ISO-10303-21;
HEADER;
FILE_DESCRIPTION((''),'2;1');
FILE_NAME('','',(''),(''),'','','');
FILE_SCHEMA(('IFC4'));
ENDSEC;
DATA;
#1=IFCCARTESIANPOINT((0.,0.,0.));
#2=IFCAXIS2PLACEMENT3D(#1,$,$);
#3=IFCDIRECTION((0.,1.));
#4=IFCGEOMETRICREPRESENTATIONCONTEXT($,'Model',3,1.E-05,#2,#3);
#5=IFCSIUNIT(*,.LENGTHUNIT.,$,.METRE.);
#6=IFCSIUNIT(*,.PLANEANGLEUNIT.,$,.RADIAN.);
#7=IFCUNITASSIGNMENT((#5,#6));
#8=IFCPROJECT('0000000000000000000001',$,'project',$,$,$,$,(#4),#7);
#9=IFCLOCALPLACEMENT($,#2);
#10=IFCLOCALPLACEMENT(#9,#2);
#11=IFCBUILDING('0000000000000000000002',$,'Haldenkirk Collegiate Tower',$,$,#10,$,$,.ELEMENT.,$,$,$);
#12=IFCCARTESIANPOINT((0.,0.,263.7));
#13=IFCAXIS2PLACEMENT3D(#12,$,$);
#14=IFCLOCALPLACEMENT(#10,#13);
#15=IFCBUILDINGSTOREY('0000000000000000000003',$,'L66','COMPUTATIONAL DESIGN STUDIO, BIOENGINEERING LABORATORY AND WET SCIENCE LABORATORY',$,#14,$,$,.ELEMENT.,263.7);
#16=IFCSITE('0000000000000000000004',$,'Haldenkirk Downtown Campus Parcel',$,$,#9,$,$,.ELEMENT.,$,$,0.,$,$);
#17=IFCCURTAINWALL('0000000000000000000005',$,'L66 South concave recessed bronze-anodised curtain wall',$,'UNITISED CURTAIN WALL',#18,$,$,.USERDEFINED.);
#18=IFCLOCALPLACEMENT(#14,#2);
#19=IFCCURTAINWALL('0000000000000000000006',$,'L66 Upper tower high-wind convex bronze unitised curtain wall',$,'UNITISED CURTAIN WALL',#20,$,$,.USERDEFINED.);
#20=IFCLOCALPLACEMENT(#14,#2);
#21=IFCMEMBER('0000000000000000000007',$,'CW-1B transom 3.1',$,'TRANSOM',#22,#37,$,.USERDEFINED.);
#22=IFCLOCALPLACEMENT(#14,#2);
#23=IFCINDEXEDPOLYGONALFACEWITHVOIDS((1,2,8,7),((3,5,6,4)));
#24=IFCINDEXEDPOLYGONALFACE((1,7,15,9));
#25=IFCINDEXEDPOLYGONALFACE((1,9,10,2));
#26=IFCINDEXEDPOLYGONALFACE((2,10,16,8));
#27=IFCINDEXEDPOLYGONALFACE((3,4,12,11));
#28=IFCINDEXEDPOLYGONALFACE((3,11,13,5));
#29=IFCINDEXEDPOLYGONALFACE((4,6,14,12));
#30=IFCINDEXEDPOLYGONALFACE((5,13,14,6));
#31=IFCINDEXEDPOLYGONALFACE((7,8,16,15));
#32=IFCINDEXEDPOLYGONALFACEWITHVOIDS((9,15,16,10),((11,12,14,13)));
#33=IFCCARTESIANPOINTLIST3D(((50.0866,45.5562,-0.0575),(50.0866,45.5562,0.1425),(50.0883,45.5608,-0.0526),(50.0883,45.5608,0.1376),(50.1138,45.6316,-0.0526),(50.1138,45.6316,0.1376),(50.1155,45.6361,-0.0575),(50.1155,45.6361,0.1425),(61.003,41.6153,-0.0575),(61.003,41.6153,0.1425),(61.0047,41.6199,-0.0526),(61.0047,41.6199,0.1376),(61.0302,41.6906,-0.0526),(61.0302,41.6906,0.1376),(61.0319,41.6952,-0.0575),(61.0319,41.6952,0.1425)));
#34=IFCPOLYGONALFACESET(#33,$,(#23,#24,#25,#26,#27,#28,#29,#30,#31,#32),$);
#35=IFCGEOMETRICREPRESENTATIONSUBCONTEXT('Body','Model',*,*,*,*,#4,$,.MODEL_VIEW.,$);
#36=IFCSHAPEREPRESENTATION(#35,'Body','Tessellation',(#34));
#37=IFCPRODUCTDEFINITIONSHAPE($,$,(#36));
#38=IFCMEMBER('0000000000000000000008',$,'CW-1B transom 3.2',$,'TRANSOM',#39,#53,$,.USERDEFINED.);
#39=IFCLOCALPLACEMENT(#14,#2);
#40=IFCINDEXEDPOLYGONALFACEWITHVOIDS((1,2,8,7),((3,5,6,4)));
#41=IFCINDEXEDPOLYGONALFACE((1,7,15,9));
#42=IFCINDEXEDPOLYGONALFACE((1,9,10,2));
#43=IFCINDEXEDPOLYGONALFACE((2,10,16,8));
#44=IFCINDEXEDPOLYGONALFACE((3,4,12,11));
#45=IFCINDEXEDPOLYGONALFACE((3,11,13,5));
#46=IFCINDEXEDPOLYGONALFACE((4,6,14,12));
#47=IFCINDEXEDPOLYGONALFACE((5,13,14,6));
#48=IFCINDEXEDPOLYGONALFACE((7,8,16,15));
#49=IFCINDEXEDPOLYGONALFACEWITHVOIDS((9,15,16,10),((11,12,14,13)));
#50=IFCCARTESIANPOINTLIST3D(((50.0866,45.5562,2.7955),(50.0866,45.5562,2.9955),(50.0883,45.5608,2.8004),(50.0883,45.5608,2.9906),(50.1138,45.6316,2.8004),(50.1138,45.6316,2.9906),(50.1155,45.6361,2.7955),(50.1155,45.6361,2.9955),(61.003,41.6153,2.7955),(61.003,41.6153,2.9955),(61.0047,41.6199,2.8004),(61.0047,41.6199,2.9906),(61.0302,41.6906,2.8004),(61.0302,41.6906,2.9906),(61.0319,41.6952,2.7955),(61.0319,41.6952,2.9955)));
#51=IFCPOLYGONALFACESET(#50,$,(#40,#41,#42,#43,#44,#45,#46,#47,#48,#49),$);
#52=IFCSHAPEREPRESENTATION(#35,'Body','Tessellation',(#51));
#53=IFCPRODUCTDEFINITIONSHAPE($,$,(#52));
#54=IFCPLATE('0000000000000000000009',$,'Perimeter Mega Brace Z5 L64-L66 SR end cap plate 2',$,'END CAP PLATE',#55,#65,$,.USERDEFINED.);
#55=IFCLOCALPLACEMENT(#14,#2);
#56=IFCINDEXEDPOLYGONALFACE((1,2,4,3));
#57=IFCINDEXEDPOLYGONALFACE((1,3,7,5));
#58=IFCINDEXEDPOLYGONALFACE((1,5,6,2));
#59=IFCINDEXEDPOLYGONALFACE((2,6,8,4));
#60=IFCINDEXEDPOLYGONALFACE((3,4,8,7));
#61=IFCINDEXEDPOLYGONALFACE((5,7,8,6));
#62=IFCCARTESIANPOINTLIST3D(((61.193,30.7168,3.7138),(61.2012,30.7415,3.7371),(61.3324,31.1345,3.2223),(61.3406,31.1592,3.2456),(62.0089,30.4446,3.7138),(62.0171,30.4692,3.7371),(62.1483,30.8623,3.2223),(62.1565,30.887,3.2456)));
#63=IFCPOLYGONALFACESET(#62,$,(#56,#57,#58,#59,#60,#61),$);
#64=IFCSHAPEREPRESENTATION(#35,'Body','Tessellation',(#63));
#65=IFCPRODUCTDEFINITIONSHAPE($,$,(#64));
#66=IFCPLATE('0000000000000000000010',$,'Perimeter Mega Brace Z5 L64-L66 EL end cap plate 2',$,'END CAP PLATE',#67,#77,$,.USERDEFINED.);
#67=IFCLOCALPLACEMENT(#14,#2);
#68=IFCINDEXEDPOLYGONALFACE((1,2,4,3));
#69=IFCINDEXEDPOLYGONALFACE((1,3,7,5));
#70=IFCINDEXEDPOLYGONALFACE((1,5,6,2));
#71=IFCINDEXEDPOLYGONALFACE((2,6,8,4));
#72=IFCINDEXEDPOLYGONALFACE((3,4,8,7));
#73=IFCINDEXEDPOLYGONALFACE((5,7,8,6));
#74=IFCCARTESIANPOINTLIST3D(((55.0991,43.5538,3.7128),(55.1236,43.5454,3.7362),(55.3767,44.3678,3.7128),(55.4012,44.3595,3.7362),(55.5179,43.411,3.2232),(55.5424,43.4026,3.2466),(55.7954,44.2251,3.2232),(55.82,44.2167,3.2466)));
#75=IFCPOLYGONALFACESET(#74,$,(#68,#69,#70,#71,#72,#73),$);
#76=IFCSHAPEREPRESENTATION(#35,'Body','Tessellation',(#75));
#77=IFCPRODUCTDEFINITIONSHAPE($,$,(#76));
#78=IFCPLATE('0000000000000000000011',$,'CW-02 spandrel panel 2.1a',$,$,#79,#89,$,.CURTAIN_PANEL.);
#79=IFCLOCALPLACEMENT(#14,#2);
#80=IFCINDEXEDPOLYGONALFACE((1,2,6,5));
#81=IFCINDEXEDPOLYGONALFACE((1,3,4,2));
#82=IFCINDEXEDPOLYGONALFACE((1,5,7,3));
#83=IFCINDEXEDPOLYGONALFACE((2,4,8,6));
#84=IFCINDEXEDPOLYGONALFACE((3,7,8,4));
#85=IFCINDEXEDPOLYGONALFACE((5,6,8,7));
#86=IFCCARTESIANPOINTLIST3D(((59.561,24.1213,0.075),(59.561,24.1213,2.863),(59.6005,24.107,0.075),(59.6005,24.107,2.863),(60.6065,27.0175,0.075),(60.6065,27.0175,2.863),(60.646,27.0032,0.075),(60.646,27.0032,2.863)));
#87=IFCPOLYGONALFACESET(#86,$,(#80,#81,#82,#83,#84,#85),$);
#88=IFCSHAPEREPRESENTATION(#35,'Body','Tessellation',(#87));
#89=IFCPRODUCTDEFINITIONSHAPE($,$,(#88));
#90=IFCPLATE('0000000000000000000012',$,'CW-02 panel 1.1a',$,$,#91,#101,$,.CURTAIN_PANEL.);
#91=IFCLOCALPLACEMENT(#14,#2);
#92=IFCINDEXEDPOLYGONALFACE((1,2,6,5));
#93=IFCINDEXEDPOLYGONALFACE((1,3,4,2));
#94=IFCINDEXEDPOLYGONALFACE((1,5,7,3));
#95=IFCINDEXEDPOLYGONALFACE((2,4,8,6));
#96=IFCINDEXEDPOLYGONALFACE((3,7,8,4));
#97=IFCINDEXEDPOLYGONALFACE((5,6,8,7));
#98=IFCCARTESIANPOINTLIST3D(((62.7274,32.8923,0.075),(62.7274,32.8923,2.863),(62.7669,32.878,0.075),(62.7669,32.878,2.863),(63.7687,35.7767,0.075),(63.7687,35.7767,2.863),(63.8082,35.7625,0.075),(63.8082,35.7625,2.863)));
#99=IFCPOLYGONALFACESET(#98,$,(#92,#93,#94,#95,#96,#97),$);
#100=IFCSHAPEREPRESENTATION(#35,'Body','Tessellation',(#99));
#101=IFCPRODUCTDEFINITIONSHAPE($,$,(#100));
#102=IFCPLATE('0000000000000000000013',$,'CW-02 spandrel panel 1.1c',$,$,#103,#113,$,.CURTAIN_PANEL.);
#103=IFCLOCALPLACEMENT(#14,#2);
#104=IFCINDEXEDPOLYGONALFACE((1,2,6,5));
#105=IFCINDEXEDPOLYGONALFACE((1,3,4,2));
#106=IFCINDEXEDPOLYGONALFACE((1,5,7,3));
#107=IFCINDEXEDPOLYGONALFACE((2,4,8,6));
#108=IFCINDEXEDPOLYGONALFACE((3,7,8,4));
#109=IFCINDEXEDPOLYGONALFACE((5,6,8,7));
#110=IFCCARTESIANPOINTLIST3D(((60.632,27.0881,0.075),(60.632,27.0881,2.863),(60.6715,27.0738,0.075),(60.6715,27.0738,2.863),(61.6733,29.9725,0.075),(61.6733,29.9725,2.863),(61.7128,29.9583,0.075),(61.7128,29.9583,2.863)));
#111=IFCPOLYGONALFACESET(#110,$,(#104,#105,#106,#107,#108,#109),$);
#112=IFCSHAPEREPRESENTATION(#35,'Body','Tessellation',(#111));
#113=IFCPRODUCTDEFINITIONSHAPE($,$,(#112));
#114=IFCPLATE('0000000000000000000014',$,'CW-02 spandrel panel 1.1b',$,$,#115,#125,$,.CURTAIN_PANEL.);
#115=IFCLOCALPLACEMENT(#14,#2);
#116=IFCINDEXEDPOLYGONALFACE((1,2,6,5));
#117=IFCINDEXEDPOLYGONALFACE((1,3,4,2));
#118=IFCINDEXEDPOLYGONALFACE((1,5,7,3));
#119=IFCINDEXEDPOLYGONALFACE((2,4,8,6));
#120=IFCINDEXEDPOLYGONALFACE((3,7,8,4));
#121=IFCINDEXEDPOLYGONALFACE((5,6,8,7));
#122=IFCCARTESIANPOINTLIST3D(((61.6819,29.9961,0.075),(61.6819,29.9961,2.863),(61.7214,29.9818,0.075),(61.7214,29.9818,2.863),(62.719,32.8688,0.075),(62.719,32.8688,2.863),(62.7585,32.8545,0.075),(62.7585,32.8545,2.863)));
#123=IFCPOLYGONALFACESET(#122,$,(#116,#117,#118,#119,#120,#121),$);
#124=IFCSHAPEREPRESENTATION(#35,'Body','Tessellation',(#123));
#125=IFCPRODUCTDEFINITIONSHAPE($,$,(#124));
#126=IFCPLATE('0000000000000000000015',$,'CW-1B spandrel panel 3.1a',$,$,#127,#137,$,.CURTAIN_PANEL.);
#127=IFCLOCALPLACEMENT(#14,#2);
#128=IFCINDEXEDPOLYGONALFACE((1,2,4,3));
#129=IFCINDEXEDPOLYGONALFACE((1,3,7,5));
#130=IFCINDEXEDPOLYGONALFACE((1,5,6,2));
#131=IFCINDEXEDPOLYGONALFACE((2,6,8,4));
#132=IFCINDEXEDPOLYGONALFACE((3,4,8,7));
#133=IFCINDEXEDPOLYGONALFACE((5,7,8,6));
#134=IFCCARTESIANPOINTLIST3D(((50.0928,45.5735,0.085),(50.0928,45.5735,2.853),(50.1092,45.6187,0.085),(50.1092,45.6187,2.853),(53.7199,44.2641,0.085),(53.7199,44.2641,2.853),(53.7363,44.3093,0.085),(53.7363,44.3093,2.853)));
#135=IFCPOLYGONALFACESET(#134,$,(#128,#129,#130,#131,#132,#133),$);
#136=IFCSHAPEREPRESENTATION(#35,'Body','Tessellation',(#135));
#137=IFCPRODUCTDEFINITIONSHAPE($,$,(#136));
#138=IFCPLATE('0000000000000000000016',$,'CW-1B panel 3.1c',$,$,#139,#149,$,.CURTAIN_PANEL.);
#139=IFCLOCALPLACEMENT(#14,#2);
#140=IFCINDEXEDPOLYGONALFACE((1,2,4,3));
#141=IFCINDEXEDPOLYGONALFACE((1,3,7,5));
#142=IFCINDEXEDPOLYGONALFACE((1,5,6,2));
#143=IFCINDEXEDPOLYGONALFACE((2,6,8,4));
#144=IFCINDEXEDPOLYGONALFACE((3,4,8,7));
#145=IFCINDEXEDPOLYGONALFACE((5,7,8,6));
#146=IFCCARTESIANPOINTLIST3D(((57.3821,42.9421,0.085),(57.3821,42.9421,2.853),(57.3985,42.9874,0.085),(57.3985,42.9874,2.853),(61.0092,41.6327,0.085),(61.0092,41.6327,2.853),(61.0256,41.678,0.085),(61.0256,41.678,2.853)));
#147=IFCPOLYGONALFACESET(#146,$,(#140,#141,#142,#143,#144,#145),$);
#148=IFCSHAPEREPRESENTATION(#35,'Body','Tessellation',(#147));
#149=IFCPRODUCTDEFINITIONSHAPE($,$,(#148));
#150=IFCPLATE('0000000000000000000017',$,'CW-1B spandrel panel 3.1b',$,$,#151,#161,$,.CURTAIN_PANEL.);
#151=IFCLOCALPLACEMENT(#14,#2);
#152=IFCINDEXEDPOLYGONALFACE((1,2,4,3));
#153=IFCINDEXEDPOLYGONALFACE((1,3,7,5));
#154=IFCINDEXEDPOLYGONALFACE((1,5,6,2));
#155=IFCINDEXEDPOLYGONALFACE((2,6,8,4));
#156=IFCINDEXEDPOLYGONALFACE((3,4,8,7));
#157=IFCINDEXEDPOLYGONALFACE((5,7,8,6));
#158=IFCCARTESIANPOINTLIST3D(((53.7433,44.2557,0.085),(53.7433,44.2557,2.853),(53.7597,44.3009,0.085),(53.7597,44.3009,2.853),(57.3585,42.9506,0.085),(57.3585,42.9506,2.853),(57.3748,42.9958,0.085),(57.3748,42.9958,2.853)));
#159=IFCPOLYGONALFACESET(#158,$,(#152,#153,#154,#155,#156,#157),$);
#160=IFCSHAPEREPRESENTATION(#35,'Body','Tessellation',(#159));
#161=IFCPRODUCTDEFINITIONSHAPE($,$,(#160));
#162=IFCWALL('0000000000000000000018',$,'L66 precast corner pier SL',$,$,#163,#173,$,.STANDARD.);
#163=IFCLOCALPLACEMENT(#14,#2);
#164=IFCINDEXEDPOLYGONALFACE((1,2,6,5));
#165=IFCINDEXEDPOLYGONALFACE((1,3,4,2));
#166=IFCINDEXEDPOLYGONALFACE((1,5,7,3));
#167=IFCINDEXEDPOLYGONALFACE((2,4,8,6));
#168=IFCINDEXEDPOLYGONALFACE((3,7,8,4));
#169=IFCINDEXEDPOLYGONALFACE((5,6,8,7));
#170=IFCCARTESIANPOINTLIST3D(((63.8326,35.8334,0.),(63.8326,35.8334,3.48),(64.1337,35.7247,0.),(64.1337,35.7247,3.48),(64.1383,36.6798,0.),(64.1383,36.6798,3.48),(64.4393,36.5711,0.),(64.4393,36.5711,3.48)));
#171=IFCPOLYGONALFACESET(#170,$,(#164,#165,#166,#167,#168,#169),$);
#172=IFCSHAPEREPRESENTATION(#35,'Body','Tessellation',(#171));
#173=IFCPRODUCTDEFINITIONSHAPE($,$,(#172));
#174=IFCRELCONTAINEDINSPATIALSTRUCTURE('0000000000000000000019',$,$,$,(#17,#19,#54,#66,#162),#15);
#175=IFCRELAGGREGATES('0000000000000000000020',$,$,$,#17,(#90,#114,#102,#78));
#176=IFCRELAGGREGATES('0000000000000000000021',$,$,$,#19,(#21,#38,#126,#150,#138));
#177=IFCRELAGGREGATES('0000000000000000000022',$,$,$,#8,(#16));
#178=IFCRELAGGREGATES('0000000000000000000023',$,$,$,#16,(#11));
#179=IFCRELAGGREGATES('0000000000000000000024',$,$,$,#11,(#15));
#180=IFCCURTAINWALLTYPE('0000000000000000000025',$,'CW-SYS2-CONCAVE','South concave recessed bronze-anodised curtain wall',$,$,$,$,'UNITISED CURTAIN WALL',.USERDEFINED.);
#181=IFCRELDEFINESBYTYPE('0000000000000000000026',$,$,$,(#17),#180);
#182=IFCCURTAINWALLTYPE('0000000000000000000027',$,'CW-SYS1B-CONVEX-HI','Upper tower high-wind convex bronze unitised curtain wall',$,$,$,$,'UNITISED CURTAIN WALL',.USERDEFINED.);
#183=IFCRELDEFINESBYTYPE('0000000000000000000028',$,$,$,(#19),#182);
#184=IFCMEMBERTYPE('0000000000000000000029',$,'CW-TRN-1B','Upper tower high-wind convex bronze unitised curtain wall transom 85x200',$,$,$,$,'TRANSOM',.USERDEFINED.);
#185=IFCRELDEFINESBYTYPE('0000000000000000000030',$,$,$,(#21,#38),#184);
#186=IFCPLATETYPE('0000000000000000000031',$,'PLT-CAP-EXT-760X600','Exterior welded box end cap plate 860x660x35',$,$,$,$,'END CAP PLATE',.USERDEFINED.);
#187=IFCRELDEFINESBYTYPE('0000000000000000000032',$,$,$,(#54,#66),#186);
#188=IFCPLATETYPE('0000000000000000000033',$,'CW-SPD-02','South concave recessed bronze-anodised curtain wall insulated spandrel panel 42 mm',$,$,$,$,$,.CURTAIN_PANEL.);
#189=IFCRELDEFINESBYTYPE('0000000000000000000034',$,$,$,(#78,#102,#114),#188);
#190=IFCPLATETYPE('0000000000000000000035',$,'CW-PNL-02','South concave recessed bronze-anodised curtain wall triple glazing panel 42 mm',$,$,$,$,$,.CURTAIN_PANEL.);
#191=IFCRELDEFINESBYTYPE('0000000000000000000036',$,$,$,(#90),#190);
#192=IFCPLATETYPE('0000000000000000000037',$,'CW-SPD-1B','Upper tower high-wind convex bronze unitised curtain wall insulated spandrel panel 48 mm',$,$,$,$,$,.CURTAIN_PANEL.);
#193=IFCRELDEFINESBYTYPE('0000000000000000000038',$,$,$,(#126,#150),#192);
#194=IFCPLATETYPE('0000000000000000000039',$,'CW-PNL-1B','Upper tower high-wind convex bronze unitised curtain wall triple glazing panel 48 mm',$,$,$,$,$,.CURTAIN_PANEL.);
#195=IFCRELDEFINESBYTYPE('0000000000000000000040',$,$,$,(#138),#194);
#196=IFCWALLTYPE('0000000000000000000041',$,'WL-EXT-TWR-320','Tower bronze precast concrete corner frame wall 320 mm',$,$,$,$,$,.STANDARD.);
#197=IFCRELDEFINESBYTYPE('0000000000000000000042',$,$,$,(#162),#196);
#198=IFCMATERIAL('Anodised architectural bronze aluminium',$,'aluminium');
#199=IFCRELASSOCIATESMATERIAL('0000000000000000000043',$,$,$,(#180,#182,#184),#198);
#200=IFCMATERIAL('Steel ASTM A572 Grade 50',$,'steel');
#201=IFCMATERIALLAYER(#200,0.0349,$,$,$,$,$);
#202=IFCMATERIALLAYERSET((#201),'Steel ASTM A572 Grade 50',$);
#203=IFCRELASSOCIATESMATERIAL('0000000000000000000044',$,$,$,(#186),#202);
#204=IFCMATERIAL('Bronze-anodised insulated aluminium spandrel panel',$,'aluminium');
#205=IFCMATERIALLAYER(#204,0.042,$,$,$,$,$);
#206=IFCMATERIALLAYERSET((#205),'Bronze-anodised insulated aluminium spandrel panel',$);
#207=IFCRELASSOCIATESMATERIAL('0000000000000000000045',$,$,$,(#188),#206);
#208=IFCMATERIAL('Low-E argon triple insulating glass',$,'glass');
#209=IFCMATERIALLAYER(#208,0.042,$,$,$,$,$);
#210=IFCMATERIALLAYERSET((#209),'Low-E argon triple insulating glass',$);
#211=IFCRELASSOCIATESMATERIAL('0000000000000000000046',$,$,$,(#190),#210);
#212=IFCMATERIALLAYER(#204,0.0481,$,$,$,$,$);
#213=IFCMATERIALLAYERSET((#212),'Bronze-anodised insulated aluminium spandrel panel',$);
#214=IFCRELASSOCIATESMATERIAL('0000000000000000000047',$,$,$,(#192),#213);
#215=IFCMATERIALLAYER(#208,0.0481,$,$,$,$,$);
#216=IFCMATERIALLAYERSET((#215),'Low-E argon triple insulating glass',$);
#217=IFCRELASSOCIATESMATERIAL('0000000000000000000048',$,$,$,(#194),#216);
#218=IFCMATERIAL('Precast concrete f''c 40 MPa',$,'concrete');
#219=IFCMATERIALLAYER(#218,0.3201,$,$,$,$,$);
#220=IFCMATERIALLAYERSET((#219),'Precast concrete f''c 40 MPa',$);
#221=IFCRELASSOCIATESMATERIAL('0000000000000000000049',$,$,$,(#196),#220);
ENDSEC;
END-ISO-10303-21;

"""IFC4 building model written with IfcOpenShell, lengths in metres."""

from ifc_helpers import new_model, si_unit, direction, frame, frame_2d, origin, origin_2d, place, context, subcontext, project, spatial, rectangle, hollow_rectangle, extrude, source, transform, mapped, material, layer, layer_set, material_profile, profile_set, type_object, element, aggregate, save


model = new_model("IFC4")

# Units and contexts
model_context = context("Model", 3, precision=1e-05, world=origin(), true_north=direction((0.0, 1.0)))
body_context = subcontext(model_context, "Body", "Model", "MODEL_VIEW")
ifc_project = project(units=[si_unit("LENGTHUNIT", "METRE"), si_unit("PLANEANGLEUNIT", "RADIAN")], contexts=[model_context])

# Site, building, storey
site_placement = place(None, origin())
site = spatial("IfcSite", under=ifc_project, at=site_placement, Name="Haldenkirk Downtown Campus Parcel", CompositionType="ELEMENT", RefElevation=0.0)
building_placement = place(site_placement, origin())
building = spatial("IfcBuilding", under=site, at=building_placement, Name="Haldenkirk Collegiate Tower", CompositionType="ELEMENT")
storey_placement = place(building_placement, frame((0.0, 0.0, 263.7)))
storey = spatial("IfcBuildingStorey", under=building, at=storey_placement, Name="L66", Description="COMPUTATIONAL DESIGN STUDIO, BIOENGINEERING LABORATORY AND WET SCIENCE LABORATORY", CompositionType="ELEMENT", Elevation=263.7)

# Shared definitions
ifc_material_1 = material(Name="Steel ASTM A572 Grade 50", Category="steel")

# Curtain walls
ifc_material_2 = material(Name="Anodised architectural bronze aluminium", Category="aluminium")
curtain_wall_type_1 = type_object("IfcCurtainWallType", Name="CW-SYS2-CONCAVE", Description="South concave recessed bronze-anodised curtain wall", ElementType="UNITISED CURTAIN WALL", PredefinedType="USERDEFINED", material=ifc_material_2)
curtain_wall_1_placement = place(storey_placement, origin())
curtain_wall_1 = element("IfcCurtainWall", 1, at=curtain_wall_1_placement, inside=storey, type_object=curtain_wall_type_1, Name="L66 South concave recessed bronze-anodised curtain wall", ObjectType="UNITISED CURTAIN WALL", PredefinedType="USERDEFINED")
curtain_wall_type_2 = type_object("IfcCurtainWallType", Name="CW-SYS1B-CONVEX-HI", Description="Upper tower high-wind convex bronze unitised curtain wall", ElementType="UNITISED CURTAIN WALL", PredefinedType="USERDEFINED", material=ifc_material_2)
curtain_wall_2_placement = place(storey_placement, origin())
curtain_wall_2 = element("IfcCurtainWall", 2, at=curtain_wall_2_placement, inside=storey, type_object=curtain_wall_type_2, Name="L66 Upper tower high-wind convex bronze unitised curtain wall", ObjectType="UNITISED CURTAIN WALL", PredefinedType="USERDEFINED")

# Members
ifc_material_profile_1 = material_profile(ifc_material_2, hollow_rectangle(XDim=0.085, YDim=0.2, WallThickness=0.0049, at=origin_2d()), Name="CW-TRN-1B")
ifc_profile_set_1 = profile_set([ifc_material_profile_1], Name="Anodised architectural bronze aluminium")
member_type_1 = type_object("IfcMemberType", Name="CW-TRN-1B", Description="Upper tower high-wind convex bronze unitised curtain wall transom 85x200", ElementType="TRANSOM", PredefinedType="USERDEFINED", material=ifc_profile_set_1)
member_1_placement = place(storey_placement, frame((50.1011, 45.5962, 0.0425), z_axis=(0.940583, -0.339563, 0.0), x_axis=(0.339563, 0.940583, 0.0)))
member_1 = element("IfcMember", 3, at=member_1_placement, type_object=member_type_1, Name="CW-1B transom 3.1", ObjectType="TRANSOM", PredefinedType="USERDEFINED", context=body_context, shape_type="SweptSolid", body=[
    extrude(hollow_rectangle(XDim=0.085, YDim=0.2, WallThickness=0.0049, at=origin_2d()), origin(), (0.0, 0.0, 1.0), 11.606),
])
member_2_placement = place(storey_placement, frame((50.1011, 45.5962, 2.8955), z_axis=(0.940583, -0.339563, 0.0), x_axis=(0.339563, 0.940583, 0.0)))
member_2 = element("IfcMember", 4, at=member_2_placement, type_object=member_type_1, Name="CW-1B transom 3.2", ObjectType="TRANSOM", PredefinedType="USERDEFINED", context=body_context, shape_type="SweptSolid", body=[
    extrude(hollow_rectangle(XDim=0.085, YDim=0.2, WallThickness=0.0049, at=origin_2d()), origin(), (0.0, 0.0, 1.0), 11.606),
])

# Plates
ifc_layer_1 = layer(ifc_material_1, 0.0349)
ifc_layer_set_1 = layer_set([ifc_layer_1], Name="Steel ASTM A572 Grade 50")
plate_type_1 = type_object("IfcPlateType", Name="PLT-CAP-EXT-760X600", Description="Exterior welded box end cap plate 860x660x35", ElementType="END CAP PLATE", PredefinedType="USERDEFINED", material=ifc_layer_set_1)
shared_shape_1 = source(origin(), body_context, "Body", "SweptSolid", [
    extrude(rectangle(XDim=0.8601, YDim=0.6599, at=origin_2d()), origin(), (0.0, 0.0, 1.0), 0.0349),
])
for number, where, z_axis, x_axis, name in (
    (5, (61.6707, 30.7896, 3.468), (0.235728, 0.706465, 0.667338), (-0.948587, 0.316517, 0.0), "Perimeter Mega Brace Z5 L64-L66 SR end cap plate 2"),
    (6, (55.4473, 43.8894, 3.468), (0.702247, -0.239446, 0.670458), (0.322727, 0.946492, 0.0), "Perimeter Mega Brace Z5 L64-L66 EL end cap plate 2"),
):
    element("IfcPlate", number, at=place(storey_placement, frame(where, z_axis=z_axis, x_axis=x_axis)), inside=storey, type_object=plate_type_1, Name=name, ObjectType="END CAP PLATE", PredefinedType="USERDEFINED", context=body_context, shape_type="MappedRepresentation", body=[
        mapped(shared_shape_1, transform((0.0, 0.0, 0.0), x_axis=(1.0, 0.0, 0.0), y_axis=(0.0, 1.0, 0.0), z_axis=(0.0, 0.0, 1.0), scale=1.0)),
    ])

# Plates
ifc_material_3 = material(Name="Bronze-anodised insulated aluminium spandrel panel", Category="aluminium")
ifc_layer_2 = layer(ifc_material_3, 0.042)
ifc_layer_set_2 = layer_set([ifc_layer_2], Name="Bronze-anodised insulated aluminium spandrel panel")
plate_type_2 = type_object("IfcPlateType", Name="CW-SPD-02", Description="South concave recessed bronze-anodised curtain wall insulated spandrel panel 42 mm", PredefinedType="CURTAIN_PANEL", material=ifc_layer_set_2)
shared_shape_2 = source(origin(), body_context, "Body", "SweptSolid", [
    extrude(rectangle(XDim=3.0791, YDim=0.042, at=origin_2d()), origin(), (0.0, 0.0, 1.0), 2.7881),
])
plate_1_placement = place(storey_placement, frame((60.1035, 25.5623, 0.075), z_axis=(0.0, 0.0, 1.0), x_axis=(-0.339559, -0.940585, 0.0)))
plate_1 = element("IfcPlate", 7, at=plate_1_placement, type_object=plate_type_2, Name="CW-02 spandrel panel 2.1a", PredefinedType="CURTAIN_PANEL", context=body_context, shape_type="MappedRepresentation", body=[
    mapped(shared_shape_2, transform((0.0, 0.0, 0.0), x_axis=(1.0, 0.0, 0.0), y_axis=(0.0, 1.0, 0.0), z_axis=(0.0, 0.0, 1.0), scale=1.0)),
])
ifc_material_4 = material(Name="Low-E argon triple insulating glass", Category="glass")
ifc_layer_3 = layer(ifc_material_4, 0.042)
ifc_layer_set_3 = layer_set([ifc_layer_3], Name="Low-E argon triple insulating glass")
plate_type_3 = type_object("IfcPlateType", Name="CW-PNL-02", Description="South concave recessed bronze-anodised curtain wall triple glazing panel 42 mm", PredefinedType="CURTAIN_PANEL", material=ifc_layer_set_3)
shared_shape_3 = source(origin(), body_context, "Body", "SweptSolid", [
    extrude(rectangle(XDim=3.0667, YDim=0.042, at=origin_2d()), origin(), (0.0, 0.0, 1.0), 2.7881),
])
plate_2_placement = place(storey_placement, frame((63.2678, 34.3274, 0.075), z_axis=(0.0, 0.0, 1.0), x_axis=(-0.339559, -0.940585, 0.0)))
plate_2 = element("IfcPlate", 8, at=plate_2_placement, type_object=plate_type_3, Name="CW-02 panel 1.1a", PredefinedType="CURTAIN_PANEL", context=body_context, shape_type="MappedRepresentation", body=[
    mapped(shared_shape_3, transform((0.0, 0.0, 0.0), x_axis=(1.0, 0.0, 0.0), y_axis=(0.0, 1.0, 0.0), z_axis=(0.0, 0.0, 1.0), scale=1.0)),
])
plate_3_placement = place(storey_placement, frame((61.1724, 28.5232, 0.075), z_axis=(0.0, 0.0, 1.0), x_axis=(-0.339559, -0.940585, 0.0)))
plate_3 = element("IfcPlate", 9, at=plate_3_placement, type_object=plate_type_2, Name="CW-02 spandrel panel 1.1c", PredefinedType="CURTAIN_PANEL", context=body_context, shape_type="MappedRepresentation", body=[
    mapped(shared_shape_3, transform((0.0, 0.0, 0.0), x_axis=(1.0, 0.0, 0.0), y_axis=(0.0, 1.0, 0.0), z_axis=(0.0, 0.0, 1.0), scale=1.0)),
])
shared_shape_4 = source(origin(), body_context, "Body", "SweptSolid", [
    extrude(rectangle(XDim=3.0542, YDim=0.042, at=origin_2d()), origin(), (0.0, 0.0, 1.0), 2.7881),
])
plate_4_placement = place(storey_placement, frame((62.2202, 31.4253, 0.075), z_axis=(0.0, 0.0, 1.0), x_axis=(-0.339559, -0.940585, 0.0)))
plate_4 = element("IfcPlate", 10, at=plate_4_placement, type_object=plate_type_2, Name="CW-02 spandrel panel 1.1b", PredefinedType="CURTAIN_PANEL", context=body_context, shape_type="MappedRepresentation", body=[
    mapped(shared_shape_4, transform((0.0, 0.0, 0.0), x_axis=(1.0, 0.0, 0.0), y_axis=(0.0, 1.0, 0.0), z_axis=(0.0, 0.0, 1.0), scale=1.0)),
])
aggregate(curtain_wall_1, [plate_2, plate_4, plate_3, plate_1])
ifc_layer_4 = layer(ifc_material_3, 0.0481)
ifc_layer_set_4 = layer_set([ifc_layer_4], Name="Bronze-anodised insulated aluminium spandrel panel")
plate_type_4 = type_object("IfcPlateType", Name="CW-SPD-1B", Description="Upper tower high-wind convex bronze unitised curtain wall insulated spandrel panel 48 mm", PredefinedType="CURTAIN_PANEL", material=ifc_layer_set_4)
shared_shape_5 = source(origin(), body_context, "Body", "SweptSolid", [
    extrude(rectangle(XDim=3.8562, YDim=0.0481, at=origin_2d()), origin(), (0.0, 0.0, 1.0), 2.7681),
])
plate_5_placement = place(storey_placement, frame((51.9146, 44.9414, 0.085), z_axis=(0.0, 0.0, 1.0), x_axis=(0.940586, -0.339557, 0.0)))
plate_5 = element("IfcPlate", 11, at=plate_5_placement, type_object=plate_type_4, Name="CW-1B spandrel panel 3.1a", PredefinedType="CURTAIN_PANEL", context=body_context, shape_type="MappedRepresentation", body=[
    mapped(shared_shape_5, transform((0.0, 0.0, 0.0), x_axis=(1.0, 0.0, 0.0), y_axis=(0.0, 1.0, 0.0), z_axis=(0.0, 0.0, 1.0), scale=1.0)),
])
ifc_layer_5 = layer(ifc_material_4, 0.0481)
ifc_layer_set_5 = layer_set([ifc_layer_5], Name="Low-E argon triple insulating glass")
plate_type_5 = type_object("IfcPlateType", Name="CW-PNL-1B", Description="Upper tower high-wind convex bronze unitised curtain wall triple glazing panel 48 mm", PredefinedType="CURTAIN_PANEL", material=ifc_layer_set_5)
plate_6_placement = place(storey_placement, frame((59.2039, 42.3101, 0.085), z_axis=(0.0, 0.0, 1.0), x_axis=(0.940586, -0.339557, 0.0)))
plate_6 = element("IfcPlate", 12, at=plate_6_placement, type_object=plate_type_5, Name="CW-1B panel 3.1c", PredefinedType="CURTAIN_PANEL", context=body_context, shape_type="MappedRepresentation", body=[
    mapped(shared_shape_5, transform((0.0, 0.0, 0.0), x_axis=(1.0, 0.0, 0.0), y_axis=(0.0, 1.0, 0.0), z_axis=(0.0, 0.0, 1.0), scale=1.0)),
])
shared_shape_6 = source(origin(), body_context, "Body", "SweptSolid", [
    extrude(rectangle(XDim=3.8435, YDim=0.0481, at=origin_2d()), origin(), (0.0, 0.0, 1.0), 2.7681),
])
plate_7_placement = place(storey_placement, frame((55.5591, 43.6257, 0.085), z_axis=(0.0, 0.0, 1.0), x_axis=(0.940586, -0.339557, 0.0)))
plate_7 = element("IfcPlate", 13, at=plate_7_placement, type_object=plate_type_4, Name="CW-1B spandrel panel 3.1b", PredefinedType="CURTAIN_PANEL", context=body_context, shape_type="MappedRepresentation", body=[
    mapped(shared_shape_6, transform((0.0, 0.0, 0.0), x_axis=(1.0, 0.0, 0.0), y_axis=(0.0, 1.0, 0.0), z_axis=(0.0, 0.0, 1.0), scale=1.0)),
])
aggregate(curtain_wall_2, [member_1, member_2, plate_5, plate_7, plate_6])

# Wall
ifc_material_5 = material(Name="Precast concrete f'c 40 MPa", Category="concrete")
ifc_layer_6 = layer(ifc_material_5, 0.3201)
ifc_layer_set_6 = layer_set([ifc_layer_6], Name="Precast concrete f'c 40 MPa")
wall_type_1 = type_object("IfcWallType", Name="WL-EXT-TWR-320", Description="Tower bronze precast concrete corner frame wall 320 mm", PredefinedType="STANDARD", material=ifc_layer_set_6)
wall_1_placement = place(storey_placement, frame((64.2888, 36.6255, 0.0), z_axis=(0.0, 0.0, 1.0), x_axis=(-0.339651, -0.940551, 0.0)))
element("IfcWall", 14, at=wall_1_placement, inside=storey, type_object=wall_type_1, Name="L66 precast corner pier SL", PredefinedType="STANDARD", context=body_context, shape_type="SweptSolid", body=[
    extrude(rectangle(XDim=0.8999, YDim=0.3201, at=frame_2d((0.45, 0.0))), origin(), (0.0, 0.0, 1.0), 3.48),
])

save(model, "model.ifc")
